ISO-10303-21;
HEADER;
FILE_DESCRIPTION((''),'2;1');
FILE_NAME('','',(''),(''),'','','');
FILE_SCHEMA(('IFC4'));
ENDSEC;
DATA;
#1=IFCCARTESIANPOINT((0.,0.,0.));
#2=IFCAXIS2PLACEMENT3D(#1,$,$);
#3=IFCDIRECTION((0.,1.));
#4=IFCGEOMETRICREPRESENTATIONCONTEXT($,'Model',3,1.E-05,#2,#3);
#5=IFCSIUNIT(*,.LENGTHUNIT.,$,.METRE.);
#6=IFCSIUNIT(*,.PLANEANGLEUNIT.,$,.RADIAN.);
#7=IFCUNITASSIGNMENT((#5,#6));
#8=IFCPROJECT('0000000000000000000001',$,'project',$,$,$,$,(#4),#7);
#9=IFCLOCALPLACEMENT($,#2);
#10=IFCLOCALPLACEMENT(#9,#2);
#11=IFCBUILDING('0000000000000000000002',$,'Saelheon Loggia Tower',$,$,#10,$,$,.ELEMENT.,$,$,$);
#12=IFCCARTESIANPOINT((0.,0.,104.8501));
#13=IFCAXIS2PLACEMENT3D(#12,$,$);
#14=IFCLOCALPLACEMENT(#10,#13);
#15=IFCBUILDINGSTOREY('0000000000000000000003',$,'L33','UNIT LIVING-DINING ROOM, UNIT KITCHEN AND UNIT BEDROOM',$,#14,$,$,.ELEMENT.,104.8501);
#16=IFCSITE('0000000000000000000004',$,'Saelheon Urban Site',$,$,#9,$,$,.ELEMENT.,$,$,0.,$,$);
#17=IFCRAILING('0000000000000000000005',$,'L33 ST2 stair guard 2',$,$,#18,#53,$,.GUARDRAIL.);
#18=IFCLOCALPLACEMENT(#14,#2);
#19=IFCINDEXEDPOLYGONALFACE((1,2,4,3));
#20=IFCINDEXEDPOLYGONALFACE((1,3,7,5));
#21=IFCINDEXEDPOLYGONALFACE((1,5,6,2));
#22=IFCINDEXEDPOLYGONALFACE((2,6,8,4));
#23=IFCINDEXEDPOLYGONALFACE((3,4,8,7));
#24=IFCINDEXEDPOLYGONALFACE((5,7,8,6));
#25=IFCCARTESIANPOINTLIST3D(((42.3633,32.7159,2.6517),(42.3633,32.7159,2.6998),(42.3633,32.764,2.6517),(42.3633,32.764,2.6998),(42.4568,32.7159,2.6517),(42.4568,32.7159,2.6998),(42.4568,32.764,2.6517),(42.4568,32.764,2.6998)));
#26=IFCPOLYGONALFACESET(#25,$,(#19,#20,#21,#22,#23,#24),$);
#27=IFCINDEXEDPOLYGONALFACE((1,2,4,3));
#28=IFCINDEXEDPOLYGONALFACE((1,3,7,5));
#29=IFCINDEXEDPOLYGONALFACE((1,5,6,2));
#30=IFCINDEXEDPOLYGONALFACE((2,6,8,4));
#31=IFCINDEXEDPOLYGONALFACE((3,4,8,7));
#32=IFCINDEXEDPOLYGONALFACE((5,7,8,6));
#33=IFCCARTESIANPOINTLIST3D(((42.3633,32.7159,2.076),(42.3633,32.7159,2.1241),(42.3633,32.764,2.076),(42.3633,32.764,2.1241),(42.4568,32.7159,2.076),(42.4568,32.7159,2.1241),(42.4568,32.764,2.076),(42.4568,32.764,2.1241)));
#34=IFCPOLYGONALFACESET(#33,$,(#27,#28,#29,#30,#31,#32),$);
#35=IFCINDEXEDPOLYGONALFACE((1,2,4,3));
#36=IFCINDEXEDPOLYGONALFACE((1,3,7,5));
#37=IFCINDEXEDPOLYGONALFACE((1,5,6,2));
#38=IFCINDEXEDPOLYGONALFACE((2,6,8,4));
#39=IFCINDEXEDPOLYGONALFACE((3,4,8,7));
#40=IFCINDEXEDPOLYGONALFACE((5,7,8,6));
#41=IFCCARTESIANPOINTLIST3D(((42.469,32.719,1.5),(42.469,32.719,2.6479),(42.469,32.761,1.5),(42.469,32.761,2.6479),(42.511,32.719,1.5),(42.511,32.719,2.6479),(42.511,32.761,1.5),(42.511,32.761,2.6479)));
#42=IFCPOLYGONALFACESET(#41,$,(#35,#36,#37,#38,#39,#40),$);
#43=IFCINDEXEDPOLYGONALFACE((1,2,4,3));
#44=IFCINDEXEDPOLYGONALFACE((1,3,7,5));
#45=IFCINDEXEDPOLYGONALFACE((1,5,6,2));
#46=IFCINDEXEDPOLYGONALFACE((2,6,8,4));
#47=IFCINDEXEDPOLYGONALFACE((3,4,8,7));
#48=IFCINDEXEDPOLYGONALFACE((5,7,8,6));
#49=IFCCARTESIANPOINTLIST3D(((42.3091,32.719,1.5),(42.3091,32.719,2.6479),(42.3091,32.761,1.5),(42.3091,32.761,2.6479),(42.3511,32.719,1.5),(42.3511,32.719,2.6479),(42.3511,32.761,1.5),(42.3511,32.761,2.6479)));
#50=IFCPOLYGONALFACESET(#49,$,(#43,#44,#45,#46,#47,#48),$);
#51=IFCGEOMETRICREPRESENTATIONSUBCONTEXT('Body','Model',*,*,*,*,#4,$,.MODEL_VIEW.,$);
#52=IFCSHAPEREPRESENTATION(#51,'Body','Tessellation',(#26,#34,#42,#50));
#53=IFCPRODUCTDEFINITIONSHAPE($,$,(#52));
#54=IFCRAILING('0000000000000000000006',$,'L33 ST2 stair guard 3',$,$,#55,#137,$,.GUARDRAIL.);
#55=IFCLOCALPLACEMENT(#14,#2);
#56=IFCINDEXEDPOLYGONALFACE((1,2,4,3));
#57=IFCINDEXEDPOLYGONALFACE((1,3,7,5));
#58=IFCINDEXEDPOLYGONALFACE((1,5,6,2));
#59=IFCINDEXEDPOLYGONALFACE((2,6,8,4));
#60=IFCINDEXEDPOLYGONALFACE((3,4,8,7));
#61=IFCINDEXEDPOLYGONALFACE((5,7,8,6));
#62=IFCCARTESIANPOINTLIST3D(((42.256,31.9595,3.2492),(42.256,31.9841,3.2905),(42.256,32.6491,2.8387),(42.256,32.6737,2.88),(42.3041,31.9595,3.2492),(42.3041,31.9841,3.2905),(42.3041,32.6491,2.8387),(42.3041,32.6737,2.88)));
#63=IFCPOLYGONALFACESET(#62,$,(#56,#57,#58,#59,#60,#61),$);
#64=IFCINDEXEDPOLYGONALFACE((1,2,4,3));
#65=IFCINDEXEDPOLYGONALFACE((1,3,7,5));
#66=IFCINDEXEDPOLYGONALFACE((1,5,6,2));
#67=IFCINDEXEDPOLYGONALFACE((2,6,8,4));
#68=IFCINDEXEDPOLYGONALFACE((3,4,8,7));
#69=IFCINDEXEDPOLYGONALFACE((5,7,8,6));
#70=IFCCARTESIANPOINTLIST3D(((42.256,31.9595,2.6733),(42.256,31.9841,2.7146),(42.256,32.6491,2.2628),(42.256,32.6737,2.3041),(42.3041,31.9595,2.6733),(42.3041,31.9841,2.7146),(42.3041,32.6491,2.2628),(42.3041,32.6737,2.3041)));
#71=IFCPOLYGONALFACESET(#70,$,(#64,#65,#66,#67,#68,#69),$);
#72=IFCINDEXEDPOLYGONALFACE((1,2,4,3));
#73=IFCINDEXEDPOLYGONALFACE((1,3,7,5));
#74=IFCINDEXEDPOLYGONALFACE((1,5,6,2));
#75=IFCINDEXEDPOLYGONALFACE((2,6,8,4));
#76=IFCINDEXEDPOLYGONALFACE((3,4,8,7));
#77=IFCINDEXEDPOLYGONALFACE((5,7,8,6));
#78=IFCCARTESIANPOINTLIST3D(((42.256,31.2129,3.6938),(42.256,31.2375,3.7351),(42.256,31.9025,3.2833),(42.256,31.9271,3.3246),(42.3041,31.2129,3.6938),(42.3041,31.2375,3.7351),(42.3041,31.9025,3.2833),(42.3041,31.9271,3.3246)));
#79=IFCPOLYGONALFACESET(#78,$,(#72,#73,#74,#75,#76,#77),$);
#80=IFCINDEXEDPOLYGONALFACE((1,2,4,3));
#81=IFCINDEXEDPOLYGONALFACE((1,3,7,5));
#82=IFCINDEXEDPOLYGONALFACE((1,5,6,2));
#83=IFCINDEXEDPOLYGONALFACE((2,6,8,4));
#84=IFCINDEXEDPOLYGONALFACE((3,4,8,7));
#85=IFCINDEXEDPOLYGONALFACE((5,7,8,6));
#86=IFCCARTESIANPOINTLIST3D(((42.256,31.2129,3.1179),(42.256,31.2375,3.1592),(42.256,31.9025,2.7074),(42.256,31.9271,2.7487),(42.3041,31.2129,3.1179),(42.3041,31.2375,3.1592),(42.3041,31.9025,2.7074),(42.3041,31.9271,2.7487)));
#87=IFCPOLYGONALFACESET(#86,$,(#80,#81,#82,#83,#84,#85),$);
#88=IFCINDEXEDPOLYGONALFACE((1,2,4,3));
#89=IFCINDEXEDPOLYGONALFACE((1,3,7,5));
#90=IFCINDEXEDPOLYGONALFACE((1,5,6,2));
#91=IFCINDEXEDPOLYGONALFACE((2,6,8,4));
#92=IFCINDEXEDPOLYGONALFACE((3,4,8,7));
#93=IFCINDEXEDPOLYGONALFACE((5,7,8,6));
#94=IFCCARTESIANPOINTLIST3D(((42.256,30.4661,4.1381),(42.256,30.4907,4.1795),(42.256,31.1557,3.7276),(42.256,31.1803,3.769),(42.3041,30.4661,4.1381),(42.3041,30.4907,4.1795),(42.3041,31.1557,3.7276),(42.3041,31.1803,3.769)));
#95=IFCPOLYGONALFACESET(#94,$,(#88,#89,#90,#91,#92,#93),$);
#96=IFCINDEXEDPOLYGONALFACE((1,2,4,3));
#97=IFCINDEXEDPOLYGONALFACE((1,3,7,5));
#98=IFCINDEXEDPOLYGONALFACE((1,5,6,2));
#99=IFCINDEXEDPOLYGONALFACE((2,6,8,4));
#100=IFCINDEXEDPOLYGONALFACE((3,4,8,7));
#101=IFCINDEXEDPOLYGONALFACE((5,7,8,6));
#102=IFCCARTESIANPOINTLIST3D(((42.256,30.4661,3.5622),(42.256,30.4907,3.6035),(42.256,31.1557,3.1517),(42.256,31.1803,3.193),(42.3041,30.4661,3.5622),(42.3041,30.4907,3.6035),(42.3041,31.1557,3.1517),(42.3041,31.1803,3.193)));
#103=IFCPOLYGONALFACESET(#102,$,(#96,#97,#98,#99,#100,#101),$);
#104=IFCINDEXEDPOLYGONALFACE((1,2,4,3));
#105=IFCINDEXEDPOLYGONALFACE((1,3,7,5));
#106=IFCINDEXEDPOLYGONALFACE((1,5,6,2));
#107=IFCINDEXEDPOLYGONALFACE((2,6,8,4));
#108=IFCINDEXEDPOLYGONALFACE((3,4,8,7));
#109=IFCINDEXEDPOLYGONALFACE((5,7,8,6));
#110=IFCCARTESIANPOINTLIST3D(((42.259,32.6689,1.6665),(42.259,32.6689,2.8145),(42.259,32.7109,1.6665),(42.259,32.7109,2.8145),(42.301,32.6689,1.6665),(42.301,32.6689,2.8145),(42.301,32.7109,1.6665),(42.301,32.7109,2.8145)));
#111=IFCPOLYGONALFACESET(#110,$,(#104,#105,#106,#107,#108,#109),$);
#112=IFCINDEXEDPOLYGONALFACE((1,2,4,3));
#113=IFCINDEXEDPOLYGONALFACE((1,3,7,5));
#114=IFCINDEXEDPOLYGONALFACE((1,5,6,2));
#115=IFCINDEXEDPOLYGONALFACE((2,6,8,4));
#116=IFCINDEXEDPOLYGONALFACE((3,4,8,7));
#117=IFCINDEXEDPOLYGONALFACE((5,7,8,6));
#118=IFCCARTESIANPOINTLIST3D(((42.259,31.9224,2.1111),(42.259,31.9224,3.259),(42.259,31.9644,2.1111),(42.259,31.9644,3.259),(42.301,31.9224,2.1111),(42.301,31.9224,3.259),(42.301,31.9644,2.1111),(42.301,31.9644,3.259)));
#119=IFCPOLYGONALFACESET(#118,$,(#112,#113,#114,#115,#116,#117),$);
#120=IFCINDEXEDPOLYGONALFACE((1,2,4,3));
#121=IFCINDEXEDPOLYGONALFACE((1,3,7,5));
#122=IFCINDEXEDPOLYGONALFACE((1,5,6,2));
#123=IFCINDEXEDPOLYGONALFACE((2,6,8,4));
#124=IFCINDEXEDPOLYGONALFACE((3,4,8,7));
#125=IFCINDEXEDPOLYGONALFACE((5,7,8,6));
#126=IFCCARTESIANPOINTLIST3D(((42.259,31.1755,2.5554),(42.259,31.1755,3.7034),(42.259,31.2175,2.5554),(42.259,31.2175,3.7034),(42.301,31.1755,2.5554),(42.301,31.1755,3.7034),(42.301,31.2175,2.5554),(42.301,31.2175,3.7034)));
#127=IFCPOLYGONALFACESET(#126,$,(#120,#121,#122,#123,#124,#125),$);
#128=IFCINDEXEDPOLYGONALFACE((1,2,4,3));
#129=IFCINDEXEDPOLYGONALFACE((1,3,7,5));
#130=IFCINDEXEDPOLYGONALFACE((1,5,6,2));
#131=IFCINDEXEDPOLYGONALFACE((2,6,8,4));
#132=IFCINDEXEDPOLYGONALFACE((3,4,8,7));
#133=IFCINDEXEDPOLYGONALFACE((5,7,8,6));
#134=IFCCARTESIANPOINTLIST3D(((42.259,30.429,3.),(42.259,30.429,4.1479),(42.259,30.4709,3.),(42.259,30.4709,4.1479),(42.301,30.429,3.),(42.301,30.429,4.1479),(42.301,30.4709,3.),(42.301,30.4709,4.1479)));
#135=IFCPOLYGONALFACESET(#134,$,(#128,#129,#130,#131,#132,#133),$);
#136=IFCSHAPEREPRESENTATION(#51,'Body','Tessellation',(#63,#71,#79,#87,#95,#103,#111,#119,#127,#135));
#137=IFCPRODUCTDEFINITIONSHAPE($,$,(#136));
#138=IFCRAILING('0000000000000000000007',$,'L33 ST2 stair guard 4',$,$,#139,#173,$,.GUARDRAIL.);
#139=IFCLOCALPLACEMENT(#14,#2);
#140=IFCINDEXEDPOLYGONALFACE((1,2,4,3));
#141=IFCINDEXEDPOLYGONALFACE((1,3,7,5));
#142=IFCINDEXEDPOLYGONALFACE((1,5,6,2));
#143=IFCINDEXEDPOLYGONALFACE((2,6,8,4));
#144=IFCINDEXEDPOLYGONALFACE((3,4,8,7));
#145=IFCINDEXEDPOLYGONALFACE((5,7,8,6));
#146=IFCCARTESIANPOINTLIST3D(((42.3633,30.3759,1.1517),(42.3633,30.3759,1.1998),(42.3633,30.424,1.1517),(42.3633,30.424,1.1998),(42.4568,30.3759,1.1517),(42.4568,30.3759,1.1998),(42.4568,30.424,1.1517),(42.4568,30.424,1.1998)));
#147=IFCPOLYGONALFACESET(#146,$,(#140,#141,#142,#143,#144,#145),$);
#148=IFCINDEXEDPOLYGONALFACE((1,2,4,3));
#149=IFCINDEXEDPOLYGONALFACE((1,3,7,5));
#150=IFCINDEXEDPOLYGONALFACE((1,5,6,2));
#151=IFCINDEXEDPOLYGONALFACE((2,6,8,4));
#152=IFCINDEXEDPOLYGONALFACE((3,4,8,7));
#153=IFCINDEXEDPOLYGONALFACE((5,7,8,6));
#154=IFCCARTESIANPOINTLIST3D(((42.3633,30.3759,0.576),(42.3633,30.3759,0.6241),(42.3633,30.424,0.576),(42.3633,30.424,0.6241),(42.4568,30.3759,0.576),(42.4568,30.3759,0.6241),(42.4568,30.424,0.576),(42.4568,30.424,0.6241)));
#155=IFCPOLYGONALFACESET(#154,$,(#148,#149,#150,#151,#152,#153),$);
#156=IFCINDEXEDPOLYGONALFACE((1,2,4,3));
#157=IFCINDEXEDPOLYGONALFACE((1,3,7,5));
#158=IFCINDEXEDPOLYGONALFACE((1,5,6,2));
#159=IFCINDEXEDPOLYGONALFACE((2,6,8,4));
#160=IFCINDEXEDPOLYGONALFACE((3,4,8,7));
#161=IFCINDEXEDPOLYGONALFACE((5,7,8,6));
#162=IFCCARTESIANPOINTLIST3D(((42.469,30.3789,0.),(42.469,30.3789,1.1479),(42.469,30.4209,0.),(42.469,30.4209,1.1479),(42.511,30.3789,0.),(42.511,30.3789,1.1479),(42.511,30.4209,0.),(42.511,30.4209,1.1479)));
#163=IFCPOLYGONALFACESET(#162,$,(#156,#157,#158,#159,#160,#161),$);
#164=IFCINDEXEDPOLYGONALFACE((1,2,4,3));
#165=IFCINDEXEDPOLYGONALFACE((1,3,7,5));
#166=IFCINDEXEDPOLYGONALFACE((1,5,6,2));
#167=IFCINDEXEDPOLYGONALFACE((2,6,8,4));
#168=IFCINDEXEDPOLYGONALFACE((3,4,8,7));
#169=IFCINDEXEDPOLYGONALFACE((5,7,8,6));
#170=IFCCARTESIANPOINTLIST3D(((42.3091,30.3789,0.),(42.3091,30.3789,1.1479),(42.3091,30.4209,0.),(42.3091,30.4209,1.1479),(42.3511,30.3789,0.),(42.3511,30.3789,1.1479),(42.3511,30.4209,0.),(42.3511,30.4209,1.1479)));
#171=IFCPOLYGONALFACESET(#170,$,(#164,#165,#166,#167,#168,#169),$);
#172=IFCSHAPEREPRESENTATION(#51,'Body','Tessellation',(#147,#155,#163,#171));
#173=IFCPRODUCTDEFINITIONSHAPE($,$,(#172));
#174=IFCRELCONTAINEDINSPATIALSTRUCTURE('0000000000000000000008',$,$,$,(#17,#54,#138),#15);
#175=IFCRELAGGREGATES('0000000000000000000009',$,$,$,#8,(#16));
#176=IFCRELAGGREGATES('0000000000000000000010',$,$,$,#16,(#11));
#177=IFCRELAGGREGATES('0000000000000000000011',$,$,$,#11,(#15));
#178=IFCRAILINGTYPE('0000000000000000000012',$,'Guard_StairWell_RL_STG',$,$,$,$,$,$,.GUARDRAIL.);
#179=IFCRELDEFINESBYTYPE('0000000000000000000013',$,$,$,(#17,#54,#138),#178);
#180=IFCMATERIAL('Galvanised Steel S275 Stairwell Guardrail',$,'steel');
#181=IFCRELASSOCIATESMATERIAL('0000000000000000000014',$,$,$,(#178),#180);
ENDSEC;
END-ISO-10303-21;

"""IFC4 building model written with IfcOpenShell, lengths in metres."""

from ifc_helpers import new_model, si_unit, direction, frame, origin, origin_2d, place, context, subcontext, project, spatial, rectangle, extrude, material, type_object, element, save


model = new_model("IFC4")

# Units and contexts
model_context = context("Model", 3, precision=1e-05, world=origin(), true_north=direction((0.0, 1.0)))
body_context = subcontext(model_context, "Body", "Model", "MODEL_VIEW")
ifc_project = project(units=[si_unit("LENGTHUNIT", "METRE"), si_unit("PLANEANGLEUNIT", "RADIAN")], contexts=[model_context])

# Site, building, storey
site_placement = place(None, origin())
site = spatial("IfcSite", under=ifc_project, at=site_placement, Name="Saelheon Urban Site", CompositionType="ELEMENT", RefElevation=0.0)
building_placement = place(site_placement, origin())
building = spatial("IfcBuilding", under=site, at=building_placement, Name="Saelheon Loggia Tower", CompositionType="ELEMENT")
storey_placement = place(building_placement, frame((0.0, 0.0, 104.8501)))
storey = spatial("IfcBuildingStorey", under=building, at=storey_placement, Name="L33", Description="UNIT LIVING-DINING ROOM, UNIT KITCHEN AND UNIT BEDROOM", CompositionType="ELEMENT", Elevation=104.8501)

# Railings
ifc_material_1 = material(Name="Galvanised Steel S275 Stairwell Guardrail", Category="steel")
railing_type_1 = type_object("IfcRailingType", Name="Guard_StairWell_RL_STG", PredefinedType="GUARDRAIL", material=ifc_material_1)
railing_1_placement = place(storey_placement, frame((42.49, 32.74, 1.5)))
element("IfcRailing", 1, at=railing_1_placement, inside=storey, type_object=railing_type_1, Name="L33 ST2 stair guard 2", PredefinedType="GUARDRAIL", context=body_context, shape_type="SweptSolid", body=[
    extrude(rectangle(XDim=0.0481, YDim=0.0481, at=origin_2d()), frame((-0.0332, 0.0, 1.1758), z_axis=(-1.0, 0.0, 0.0), x_axis=(0.0, -1.0, 0.0)), (0.0, 0.0, 1.0), 0.0935),
    extrude(rectangle(XDim=0.0481, YDim=0.0481, at=origin_2d()), frame((-0.0332, 0.0, 0.6001), z_axis=(-1.0, 0.0, 0.0), x_axis=(0.0, -1.0, 0.0)), (0.0, 0.0, 1.0), 0.0935),
    extrude(rectangle(XDim=0.042, YDim=0.042, at=origin_2d()), origin(), (0.0, 0.0, 1.0), 1.1479),
    extrude(rectangle(XDim=0.042, YDim=0.042, at=origin_2d()), frame((-0.1599, 0.0, 0.0)), (0.0, 0.0, 1.0), 1.1479),
])
railing_2_placement = place(storey_placement, frame((42.28, 32.6899, 1.6665)))
element("IfcRailing", 2, at=railing_2_placement, inside=storey, type_object=railing_type_1, Name="L33 ST2 stair guard 3", PredefinedType="GUARDRAIL", context=body_context, shape_type="SweptSolid", body=[
    extrude(rectangle(XDim=0.0481, YDim=0.0481, at=origin_2d()), frame((0.0, -0.0286, 1.1929), z_axis=(0.0, -0.859264, 0.511532), x_axis=(1.0, 0.0, 0.0)), (0.0, 0.0, 1.0), 0.8025),
    extrude(rectangle(XDim=0.0481, YDim=0.0481, at=origin_2d()), frame((0.0, -0.0286, 0.6169), z_axis=(0.0, -0.859264, 0.511532), x_axis=(1.0, 0.0, 0.0)), (0.0, 0.0, 1.0), 0.8025),
    extrude(rectangle(XDim=0.0481, YDim=0.0481, at=origin_2d()), frame((0.0, -0.7751, 1.6375), z_axis=(0.0, -0.859264, 0.511532), x_axis=(1.0, 0.0, 0.0)), (0.0, 0.0, 1.0), 0.8025),
    extrude(rectangle(XDim=0.0481, YDim=0.0481, at=origin_2d()), frame((0.0, -0.7751, 1.0615), z_axis=(0.0, -0.859264, 0.511532), x_axis=(1.0, 0.0, 0.0)), (0.0, 0.0, 1.0), 0.8025),
    extrude(rectangle(XDim=0.0481, YDim=0.0481, at=origin_2d()), frame((0.0, -1.522, 2.0818), z_axis=(0.0, -0.859264, 0.511532), x_axis=(1.0, 0.0, 0.0)), (0.0, 0.0, 1.0), 0.8025),
    extrude(rectangle(XDim=0.0481, YDim=0.0481, at=origin_2d()), frame((0.0, -1.522, 1.5059), z_axis=(0.0, -0.859264, 0.511532), x_axis=(1.0, 0.0, 0.0)), (0.0, 0.0, 1.0), 0.8025),
    extrude(rectangle(XDim=0.042, YDim=0.042, at=origin_2d()), origin(), (0.0, 0.0, 1.0), 1.1479),
    extrude(rectangle(XDim=0.042, YDim=0.042, at=origin_2d()), frame((0.0, -0.7466, 0.4446)), (0.0, 0.0, 1.0), 1.1479),
    extrude(rectangle(XDim=0.042, YDim=0.042, at=origin_2d()), frame((0.0, -1.4934, 0.8889)), (0.0, 0.0, 1.0), 1.1479),
    extrude(rectangle(XDim=0.042, YDim=0.042, at=origin_2d()), frame((0.0, -2.24, 1.3335)), (0.0, 0.0, 1.0), 1.1479),
])
railing_3_placement = place(storey_placement, frame((42.49, 30.3999, 0.0)))
element("IfcRailing", 3, at=railing_3_placement, inside=storey, type_object=railing_type_1, Name="L33 ST2 stair guard 4", PredefinedType="GUARDRAIL", context=body_context, shape_type="SweptSolid", body=[
    extrude(rectangle(XDim=0.0481, YDim=0.0481, at=origin_2d()), frame((-0.0332, 0.0, 1.1758), z_axis=(-1.0, 0.0, 0.0), x_axis=(0.0, -1.0, 0.0)), (0.0, 0.0, 1.0), 0.0935),
    extrude(rectangle(XDim=0.0481, YDim=0.0481, at=origin_2d()), frame((-0.0332, 0.0, 0.6001), z_axis=(-1.0, 0.0, 0.0), x_axis=(0.0, -1.0, 0.0)), (0.0, 0.0, 1.0), 0.0935),
    extrude(rectangle(XDim=0.042, YDim=0.042, at=origin_2d()), origin(), (0.0, 0.0, 1.0), 1.1479),
    extrude(rectangle(XDim=0.042, YDim=0.042, at=origin_2d()), frame((-0.1599, 0.0, 0.0)), (0.0, 0.0, 1.0), 1.1479),
])

save(model, "model.ifc")
